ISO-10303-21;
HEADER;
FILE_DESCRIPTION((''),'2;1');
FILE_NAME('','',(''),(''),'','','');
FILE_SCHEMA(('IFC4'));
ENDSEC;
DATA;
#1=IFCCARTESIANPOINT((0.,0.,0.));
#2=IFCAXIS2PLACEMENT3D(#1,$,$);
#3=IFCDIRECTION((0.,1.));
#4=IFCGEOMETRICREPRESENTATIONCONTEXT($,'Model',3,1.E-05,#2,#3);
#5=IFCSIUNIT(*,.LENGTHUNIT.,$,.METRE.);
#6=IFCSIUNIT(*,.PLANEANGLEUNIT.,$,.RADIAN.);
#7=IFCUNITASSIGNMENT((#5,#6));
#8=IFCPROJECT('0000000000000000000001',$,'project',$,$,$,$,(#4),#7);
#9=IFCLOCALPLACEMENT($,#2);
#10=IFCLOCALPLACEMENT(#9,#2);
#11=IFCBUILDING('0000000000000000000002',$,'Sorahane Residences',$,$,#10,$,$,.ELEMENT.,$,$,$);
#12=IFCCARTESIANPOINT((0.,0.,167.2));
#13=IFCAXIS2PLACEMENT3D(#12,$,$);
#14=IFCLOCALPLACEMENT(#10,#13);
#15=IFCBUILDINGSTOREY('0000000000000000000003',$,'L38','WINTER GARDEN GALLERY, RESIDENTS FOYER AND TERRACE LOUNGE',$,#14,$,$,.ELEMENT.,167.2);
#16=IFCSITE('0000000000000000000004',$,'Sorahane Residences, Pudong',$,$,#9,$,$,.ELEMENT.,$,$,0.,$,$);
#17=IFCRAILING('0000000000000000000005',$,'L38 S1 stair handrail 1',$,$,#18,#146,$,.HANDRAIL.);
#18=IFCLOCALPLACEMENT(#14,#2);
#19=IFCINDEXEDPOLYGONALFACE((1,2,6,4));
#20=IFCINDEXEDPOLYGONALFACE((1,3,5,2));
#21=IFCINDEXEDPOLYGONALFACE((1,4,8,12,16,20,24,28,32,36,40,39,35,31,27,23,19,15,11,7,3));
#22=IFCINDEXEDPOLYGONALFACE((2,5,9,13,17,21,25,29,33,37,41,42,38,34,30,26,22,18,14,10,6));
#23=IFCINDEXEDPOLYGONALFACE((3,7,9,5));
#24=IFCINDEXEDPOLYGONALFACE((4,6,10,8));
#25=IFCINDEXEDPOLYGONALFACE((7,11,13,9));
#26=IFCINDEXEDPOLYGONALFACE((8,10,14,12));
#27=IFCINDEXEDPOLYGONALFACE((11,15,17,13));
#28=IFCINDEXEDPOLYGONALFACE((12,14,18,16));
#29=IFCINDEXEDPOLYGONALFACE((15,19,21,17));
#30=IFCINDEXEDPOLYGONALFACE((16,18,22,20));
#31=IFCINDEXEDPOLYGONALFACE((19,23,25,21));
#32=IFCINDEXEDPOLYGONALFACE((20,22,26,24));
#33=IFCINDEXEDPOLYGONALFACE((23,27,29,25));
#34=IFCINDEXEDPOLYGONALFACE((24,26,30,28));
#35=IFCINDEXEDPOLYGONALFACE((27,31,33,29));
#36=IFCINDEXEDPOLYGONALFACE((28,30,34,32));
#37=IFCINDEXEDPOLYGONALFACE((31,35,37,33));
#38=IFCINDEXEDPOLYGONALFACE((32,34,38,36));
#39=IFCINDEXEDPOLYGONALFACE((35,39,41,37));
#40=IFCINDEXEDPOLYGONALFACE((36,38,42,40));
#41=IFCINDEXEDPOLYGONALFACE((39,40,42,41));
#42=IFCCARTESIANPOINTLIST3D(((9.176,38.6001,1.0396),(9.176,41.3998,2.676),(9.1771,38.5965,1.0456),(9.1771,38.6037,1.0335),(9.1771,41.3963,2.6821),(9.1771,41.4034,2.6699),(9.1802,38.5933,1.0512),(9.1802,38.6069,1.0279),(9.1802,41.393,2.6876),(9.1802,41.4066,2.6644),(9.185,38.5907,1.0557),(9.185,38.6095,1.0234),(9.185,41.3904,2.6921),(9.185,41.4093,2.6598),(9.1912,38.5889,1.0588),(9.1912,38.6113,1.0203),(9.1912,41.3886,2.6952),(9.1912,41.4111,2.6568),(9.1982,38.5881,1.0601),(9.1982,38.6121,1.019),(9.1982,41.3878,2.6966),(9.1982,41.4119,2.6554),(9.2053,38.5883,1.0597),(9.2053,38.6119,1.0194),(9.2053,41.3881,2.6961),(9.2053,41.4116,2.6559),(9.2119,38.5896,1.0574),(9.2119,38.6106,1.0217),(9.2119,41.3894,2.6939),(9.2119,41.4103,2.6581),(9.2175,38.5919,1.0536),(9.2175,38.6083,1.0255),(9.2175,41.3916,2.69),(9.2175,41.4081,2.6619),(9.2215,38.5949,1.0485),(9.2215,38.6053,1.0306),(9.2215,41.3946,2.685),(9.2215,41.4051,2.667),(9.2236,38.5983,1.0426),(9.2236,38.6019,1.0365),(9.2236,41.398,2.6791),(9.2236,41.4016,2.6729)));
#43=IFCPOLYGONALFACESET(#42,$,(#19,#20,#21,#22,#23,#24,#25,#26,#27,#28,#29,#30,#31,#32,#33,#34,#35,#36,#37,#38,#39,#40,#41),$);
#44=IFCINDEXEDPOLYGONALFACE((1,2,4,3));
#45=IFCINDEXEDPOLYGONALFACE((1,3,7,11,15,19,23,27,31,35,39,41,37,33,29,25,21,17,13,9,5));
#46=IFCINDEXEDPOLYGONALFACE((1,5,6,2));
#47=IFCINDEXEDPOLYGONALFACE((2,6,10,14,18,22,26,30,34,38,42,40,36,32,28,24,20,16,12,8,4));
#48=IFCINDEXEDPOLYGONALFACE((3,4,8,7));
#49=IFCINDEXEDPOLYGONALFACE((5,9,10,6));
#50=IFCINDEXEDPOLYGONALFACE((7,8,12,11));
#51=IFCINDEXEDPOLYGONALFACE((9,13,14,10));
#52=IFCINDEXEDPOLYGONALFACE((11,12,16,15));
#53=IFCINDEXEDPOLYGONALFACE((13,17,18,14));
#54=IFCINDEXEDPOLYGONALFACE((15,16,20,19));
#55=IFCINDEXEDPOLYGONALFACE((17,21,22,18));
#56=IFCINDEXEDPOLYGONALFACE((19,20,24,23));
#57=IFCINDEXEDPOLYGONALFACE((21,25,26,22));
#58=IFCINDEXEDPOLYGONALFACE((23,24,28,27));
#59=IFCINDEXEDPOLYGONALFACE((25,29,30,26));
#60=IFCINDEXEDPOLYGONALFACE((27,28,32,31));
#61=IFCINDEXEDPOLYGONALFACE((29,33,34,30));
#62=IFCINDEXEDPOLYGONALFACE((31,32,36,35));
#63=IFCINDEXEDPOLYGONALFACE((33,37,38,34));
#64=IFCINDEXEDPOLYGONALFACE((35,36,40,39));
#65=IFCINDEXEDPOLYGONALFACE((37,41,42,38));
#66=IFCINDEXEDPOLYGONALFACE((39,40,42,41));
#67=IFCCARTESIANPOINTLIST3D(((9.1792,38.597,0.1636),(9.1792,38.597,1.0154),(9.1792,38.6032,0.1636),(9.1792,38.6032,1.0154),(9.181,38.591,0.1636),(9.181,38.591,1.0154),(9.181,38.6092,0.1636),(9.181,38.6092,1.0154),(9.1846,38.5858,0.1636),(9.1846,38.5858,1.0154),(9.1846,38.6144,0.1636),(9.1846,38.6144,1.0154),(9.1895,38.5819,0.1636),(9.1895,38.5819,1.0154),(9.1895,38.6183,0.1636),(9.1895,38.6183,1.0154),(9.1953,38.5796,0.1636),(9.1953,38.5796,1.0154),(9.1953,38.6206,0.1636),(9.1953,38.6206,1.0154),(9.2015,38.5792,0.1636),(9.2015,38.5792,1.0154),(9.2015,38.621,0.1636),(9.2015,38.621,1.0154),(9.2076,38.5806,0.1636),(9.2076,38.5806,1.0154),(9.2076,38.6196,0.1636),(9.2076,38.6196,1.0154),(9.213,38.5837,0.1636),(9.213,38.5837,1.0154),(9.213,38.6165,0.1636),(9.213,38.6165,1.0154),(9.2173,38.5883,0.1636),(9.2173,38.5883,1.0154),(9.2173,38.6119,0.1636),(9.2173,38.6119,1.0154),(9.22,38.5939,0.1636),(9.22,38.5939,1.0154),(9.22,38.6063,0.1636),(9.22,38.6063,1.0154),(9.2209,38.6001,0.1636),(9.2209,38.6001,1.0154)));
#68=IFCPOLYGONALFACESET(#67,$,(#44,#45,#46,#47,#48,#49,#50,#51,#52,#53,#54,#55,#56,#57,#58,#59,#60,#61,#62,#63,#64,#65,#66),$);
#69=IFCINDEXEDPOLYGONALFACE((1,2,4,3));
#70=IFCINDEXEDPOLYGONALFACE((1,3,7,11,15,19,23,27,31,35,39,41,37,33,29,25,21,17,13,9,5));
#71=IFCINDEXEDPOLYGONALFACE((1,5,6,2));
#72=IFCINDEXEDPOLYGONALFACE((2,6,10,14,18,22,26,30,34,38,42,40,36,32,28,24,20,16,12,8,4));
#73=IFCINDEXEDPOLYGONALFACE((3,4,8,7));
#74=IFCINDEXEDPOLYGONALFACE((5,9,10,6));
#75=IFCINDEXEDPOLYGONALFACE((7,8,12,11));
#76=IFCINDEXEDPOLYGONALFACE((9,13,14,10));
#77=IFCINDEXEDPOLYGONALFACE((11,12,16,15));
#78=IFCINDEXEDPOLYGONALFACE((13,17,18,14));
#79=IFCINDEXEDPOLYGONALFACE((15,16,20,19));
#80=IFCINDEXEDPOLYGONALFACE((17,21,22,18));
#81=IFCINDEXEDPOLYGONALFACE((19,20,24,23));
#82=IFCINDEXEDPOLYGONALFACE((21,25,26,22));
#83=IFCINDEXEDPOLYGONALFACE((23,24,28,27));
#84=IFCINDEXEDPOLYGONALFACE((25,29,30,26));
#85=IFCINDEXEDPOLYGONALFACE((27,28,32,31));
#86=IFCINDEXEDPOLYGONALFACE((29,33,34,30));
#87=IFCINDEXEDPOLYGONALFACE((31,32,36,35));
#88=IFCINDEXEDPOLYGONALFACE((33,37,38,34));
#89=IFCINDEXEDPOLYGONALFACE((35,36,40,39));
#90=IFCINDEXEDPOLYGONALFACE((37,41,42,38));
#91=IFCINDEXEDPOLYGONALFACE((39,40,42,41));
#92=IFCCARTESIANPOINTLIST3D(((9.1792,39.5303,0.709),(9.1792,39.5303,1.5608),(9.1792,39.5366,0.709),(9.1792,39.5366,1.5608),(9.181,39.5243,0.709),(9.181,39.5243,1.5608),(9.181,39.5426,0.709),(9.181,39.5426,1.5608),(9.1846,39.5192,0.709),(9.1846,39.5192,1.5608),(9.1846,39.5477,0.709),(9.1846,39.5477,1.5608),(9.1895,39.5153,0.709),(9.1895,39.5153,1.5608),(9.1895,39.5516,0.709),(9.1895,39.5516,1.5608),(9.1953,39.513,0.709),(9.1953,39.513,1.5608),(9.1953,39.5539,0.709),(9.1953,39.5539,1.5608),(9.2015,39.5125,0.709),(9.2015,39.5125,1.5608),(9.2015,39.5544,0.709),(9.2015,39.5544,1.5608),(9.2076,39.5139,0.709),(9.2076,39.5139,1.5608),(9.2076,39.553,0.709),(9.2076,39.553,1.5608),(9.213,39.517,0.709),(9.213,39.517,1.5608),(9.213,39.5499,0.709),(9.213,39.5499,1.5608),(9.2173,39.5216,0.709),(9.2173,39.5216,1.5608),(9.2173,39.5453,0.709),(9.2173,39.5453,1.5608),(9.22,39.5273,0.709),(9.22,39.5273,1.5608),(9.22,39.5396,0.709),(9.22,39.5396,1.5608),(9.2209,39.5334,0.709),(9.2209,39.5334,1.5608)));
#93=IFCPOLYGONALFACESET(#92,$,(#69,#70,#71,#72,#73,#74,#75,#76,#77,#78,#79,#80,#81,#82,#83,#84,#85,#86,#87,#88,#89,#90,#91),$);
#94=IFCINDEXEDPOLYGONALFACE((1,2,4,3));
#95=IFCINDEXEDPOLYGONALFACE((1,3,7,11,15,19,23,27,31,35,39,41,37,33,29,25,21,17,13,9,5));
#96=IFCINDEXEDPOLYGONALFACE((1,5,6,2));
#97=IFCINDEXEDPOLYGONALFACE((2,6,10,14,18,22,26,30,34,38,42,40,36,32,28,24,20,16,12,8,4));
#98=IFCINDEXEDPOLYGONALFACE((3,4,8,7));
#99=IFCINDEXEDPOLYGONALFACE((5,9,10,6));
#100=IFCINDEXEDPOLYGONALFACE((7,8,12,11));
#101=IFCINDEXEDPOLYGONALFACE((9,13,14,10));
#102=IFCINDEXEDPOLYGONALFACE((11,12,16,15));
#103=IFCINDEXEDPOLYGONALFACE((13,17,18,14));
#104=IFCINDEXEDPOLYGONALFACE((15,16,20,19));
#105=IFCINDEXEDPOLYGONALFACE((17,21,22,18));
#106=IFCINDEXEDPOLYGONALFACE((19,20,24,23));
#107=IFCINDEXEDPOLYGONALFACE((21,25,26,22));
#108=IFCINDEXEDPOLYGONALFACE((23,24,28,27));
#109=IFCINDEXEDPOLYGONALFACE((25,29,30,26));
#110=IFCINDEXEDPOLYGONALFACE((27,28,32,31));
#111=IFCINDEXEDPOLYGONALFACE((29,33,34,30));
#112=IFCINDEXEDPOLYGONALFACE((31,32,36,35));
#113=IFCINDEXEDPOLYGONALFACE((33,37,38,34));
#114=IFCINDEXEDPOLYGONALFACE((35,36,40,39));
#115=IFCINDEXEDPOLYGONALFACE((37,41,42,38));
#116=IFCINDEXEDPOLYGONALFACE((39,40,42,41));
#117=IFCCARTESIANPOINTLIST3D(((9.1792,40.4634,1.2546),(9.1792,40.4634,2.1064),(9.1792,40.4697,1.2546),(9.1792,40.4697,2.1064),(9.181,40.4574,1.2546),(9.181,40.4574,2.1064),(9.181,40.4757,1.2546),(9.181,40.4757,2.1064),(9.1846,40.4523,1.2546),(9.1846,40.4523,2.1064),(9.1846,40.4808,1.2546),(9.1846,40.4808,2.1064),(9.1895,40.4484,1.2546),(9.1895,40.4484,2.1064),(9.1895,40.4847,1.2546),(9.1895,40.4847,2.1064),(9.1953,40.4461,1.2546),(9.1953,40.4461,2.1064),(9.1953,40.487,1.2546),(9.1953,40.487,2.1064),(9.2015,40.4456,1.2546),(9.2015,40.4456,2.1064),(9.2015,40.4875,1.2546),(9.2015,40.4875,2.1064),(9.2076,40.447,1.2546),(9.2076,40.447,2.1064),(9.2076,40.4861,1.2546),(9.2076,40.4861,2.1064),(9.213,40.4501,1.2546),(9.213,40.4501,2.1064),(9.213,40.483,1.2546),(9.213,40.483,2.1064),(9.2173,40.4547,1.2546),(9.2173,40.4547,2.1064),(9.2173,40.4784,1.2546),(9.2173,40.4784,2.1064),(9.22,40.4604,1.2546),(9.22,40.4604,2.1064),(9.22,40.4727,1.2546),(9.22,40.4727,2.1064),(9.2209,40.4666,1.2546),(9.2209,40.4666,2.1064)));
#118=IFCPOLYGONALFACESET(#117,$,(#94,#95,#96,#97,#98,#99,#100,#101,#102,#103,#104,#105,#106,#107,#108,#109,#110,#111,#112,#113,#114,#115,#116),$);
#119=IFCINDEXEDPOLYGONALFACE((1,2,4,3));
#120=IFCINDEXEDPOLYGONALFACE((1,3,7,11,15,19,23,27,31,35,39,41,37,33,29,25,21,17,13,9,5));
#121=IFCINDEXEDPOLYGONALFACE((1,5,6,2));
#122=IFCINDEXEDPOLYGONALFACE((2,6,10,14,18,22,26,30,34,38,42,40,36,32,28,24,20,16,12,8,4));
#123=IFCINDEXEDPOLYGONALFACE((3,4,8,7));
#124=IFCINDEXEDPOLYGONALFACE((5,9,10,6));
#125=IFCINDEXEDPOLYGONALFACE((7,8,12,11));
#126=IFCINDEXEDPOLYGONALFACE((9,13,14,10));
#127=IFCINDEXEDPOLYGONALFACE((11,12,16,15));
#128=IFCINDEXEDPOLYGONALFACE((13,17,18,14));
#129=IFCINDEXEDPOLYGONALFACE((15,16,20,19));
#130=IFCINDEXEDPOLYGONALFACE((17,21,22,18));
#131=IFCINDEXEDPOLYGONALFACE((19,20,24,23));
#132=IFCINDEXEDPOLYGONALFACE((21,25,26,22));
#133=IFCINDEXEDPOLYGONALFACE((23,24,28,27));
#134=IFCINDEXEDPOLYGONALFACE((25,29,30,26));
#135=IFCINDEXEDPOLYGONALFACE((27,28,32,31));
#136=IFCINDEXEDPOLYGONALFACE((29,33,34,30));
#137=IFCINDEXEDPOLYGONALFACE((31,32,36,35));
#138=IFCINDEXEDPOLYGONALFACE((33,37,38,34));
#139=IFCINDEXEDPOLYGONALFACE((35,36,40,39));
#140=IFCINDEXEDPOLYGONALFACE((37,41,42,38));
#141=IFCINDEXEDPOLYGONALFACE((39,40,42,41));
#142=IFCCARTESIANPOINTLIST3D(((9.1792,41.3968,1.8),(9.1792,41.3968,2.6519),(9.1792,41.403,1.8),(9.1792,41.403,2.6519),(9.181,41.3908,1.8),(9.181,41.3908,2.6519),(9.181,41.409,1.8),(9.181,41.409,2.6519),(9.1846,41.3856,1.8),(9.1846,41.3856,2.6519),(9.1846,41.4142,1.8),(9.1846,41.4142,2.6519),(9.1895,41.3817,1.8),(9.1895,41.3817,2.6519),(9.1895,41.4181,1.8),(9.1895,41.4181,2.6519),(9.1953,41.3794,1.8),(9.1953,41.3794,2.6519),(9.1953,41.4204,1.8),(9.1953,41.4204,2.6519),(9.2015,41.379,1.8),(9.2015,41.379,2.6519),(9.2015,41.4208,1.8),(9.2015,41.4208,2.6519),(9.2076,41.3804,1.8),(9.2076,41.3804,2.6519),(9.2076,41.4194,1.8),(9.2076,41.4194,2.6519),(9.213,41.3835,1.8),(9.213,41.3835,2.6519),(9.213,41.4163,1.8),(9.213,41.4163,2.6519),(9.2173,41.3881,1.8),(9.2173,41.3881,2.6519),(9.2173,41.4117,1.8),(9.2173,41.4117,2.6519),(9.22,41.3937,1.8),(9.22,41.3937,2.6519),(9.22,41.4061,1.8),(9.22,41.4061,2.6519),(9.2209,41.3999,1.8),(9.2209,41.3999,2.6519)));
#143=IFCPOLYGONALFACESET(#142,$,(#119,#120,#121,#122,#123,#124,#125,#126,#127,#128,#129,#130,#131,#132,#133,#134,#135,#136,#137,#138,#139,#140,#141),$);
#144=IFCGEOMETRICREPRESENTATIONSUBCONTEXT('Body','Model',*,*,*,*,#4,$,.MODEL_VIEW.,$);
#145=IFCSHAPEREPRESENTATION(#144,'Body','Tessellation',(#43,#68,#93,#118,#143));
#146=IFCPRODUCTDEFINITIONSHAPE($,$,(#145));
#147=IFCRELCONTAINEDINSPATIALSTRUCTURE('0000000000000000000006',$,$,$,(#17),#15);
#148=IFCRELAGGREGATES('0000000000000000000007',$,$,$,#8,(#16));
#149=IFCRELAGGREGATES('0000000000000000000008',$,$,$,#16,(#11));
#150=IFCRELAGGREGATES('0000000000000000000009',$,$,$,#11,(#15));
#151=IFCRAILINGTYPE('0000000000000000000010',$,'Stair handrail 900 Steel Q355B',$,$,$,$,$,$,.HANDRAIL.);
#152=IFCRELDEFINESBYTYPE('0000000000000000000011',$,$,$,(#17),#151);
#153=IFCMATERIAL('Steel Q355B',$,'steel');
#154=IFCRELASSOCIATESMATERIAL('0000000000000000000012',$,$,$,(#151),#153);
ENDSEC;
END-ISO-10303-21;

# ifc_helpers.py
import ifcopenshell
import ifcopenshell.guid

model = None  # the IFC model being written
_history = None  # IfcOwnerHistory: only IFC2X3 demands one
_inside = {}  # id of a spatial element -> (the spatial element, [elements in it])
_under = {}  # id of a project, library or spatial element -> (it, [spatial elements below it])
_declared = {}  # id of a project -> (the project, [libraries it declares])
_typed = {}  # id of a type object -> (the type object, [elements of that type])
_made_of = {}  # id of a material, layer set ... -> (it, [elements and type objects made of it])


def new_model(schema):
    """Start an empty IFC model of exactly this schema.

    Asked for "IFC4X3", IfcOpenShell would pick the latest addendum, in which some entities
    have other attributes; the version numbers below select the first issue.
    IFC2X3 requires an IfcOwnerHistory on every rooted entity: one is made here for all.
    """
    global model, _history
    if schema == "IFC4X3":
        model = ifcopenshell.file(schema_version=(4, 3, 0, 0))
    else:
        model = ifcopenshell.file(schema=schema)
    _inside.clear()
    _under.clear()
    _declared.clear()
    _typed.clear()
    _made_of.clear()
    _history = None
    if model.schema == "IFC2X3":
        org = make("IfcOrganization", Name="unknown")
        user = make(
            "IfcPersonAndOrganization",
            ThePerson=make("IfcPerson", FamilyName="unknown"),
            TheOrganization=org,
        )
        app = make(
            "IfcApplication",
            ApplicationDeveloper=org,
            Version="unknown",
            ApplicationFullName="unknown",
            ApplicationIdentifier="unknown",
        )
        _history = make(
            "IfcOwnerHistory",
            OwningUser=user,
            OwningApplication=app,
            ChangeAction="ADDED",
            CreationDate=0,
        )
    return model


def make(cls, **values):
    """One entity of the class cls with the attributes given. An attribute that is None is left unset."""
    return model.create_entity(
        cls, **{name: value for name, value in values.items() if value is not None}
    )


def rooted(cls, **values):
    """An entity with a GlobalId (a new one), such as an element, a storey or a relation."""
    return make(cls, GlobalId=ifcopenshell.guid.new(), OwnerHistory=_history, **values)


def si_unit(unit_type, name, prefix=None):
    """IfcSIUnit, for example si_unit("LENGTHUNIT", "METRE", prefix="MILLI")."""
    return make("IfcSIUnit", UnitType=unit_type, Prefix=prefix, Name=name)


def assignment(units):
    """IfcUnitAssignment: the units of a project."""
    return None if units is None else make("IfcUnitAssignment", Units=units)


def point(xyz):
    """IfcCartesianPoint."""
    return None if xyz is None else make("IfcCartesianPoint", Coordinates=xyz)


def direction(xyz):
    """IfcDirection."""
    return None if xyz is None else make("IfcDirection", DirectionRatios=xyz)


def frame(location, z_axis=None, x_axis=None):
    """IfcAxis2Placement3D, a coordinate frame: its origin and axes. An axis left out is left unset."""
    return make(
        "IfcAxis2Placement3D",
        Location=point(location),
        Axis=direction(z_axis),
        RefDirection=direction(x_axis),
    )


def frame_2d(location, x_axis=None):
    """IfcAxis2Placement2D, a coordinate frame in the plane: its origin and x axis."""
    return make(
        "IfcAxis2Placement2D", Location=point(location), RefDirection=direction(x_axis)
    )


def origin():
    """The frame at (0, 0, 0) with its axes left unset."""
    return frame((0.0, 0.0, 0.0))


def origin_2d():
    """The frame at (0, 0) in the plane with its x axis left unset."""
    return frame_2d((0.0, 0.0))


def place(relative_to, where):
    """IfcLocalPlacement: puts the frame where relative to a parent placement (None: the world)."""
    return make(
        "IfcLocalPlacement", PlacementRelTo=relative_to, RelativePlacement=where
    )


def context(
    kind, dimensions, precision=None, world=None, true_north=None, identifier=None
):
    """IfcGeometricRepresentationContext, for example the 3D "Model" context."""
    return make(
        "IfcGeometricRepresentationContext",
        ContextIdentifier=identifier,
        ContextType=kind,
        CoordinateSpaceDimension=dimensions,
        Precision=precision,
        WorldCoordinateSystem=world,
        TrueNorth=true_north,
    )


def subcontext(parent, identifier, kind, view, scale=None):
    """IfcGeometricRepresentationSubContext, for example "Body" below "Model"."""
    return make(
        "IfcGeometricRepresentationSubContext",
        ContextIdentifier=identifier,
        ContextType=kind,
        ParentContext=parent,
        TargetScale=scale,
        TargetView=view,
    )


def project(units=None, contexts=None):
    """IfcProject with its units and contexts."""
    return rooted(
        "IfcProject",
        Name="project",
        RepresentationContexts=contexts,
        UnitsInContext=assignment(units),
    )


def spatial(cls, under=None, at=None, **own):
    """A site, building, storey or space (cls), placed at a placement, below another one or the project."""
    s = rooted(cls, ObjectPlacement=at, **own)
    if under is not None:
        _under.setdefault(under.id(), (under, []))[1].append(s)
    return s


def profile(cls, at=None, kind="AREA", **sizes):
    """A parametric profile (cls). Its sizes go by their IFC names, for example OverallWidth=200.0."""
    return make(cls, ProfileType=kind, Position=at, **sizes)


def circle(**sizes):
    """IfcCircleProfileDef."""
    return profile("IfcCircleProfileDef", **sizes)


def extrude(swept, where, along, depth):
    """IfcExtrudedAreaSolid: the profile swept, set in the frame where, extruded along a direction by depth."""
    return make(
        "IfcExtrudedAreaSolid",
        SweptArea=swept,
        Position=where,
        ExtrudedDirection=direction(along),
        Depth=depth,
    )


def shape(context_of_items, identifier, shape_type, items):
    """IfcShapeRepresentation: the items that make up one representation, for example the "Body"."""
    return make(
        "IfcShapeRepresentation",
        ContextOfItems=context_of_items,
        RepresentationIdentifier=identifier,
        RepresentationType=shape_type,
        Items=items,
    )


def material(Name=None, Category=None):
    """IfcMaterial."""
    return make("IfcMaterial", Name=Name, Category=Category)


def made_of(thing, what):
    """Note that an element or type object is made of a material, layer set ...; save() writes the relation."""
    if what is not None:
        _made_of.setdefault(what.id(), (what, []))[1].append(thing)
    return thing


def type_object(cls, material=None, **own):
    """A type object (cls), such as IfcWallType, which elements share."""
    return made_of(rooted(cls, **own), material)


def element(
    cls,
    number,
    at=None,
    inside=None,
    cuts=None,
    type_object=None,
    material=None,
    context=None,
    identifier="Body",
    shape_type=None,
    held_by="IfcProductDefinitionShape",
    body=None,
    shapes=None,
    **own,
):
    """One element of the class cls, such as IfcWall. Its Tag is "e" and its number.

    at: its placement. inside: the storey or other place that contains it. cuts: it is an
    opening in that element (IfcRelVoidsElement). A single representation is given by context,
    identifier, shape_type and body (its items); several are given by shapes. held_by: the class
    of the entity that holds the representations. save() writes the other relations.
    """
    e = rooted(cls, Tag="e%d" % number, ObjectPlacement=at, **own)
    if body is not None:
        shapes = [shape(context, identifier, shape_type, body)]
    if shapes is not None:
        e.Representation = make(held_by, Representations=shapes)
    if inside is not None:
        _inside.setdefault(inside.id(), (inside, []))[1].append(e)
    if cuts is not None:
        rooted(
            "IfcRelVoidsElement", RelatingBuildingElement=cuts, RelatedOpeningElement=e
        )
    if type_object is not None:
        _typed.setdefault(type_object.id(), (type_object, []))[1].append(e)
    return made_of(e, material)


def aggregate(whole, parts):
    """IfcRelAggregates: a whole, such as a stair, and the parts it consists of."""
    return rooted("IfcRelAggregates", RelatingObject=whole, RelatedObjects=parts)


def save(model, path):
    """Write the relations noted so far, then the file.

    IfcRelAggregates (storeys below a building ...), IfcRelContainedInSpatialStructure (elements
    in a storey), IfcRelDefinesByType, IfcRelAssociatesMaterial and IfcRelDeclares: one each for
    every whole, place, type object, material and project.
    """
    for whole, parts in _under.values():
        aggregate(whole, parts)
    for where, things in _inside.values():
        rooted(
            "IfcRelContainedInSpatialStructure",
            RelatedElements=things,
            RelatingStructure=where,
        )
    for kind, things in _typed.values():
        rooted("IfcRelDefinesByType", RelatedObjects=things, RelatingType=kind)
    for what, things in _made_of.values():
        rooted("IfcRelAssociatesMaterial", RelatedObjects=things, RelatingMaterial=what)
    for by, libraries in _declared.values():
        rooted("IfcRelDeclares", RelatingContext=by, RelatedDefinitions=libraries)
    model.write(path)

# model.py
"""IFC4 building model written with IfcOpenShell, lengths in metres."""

from ifc_helpers import new_model, si_unit, direction, frame, origin, origin_2d, place, context, subcontext, project, spatial, circle, extrude, material, type_object, element, save


model = new_model("IFC4")

# Units and contexts
model_context = context("Model", 3, precision=1e-05, world=origin(), true_north=direction((0.0, 1.0)))
body_context = subcontext(model_context, "Body", "Model", "MODEL_VIEW")
ifc_project = project(units=[si_unit("LENGTHUNIT", "METRE"), si_unit("PLANEANGLEUNIT", "RADIAN")], contexts=[model_context])

# Site, building, storey
site_placement = place(None, origin())
site = spatial("IfcSite", under=ifc_project, at=site_placement, Name="Sorahane Residences, Pudong", CompositionType="ELEMENT", RefElevation=0.0)
building_placement = place(site_placement, origin())
building = spatial("IfcBuilding", under=site, at=building_placement, Name="Sorahane Residences", CompositionType="ELEMENT")
storey_placement = place(building_placement, frame((0.0, 0.0, 167.2)))
storey = spatial("IfcBuildingStorey", under=building, at=storey_placement, Name="L38", Description="WINTER GARDEN GALLERY, RESIDENTS FOYER AND TERRACE LOUNGE", CompositionType="ELEMENT", Elevation=167.2)

# Railing
ifc_material_1 = material(Name="Steel Q355B", Category="steel")
railing_type_1 = type_object("IfcRailingType", Name="Stair handrail 900 Steel Q355B", PredefinedType="HANDRAIL", material=ifc_material_1)
railing_1_placement = place(storey_placement, frame((9.2, 38.6001, 0.1636)))
element("IfcRailing", 1, at=railing_1_placement, inside=storey, type_object=railing_type_1, Name="L38 S1 stair handrail 1", PredefinedType="HANDRAIL", context=body_context, shape_type="SweptSolid", body=[
    extrude(circle(Radius=0.0239, at=origin_2d()), frame((0.0, 0.0, 0.876), z_axis=(0.0, 0.863342, 0.50462), x_axis=(-1.0, 0.0, 0.0)), (0.0, 0.0, 1.0), 3.2429),
    extrude(circle(Radius=0.021, at=origin_2d()), origin(), (0.0, 0.0, 1.0), 0.8518),
    extrude(circle(Radius=0.021, at=origin_2d()), frame((0.0, 0.9333, 0.5454)), (0.0, 0.0, 1.0), 0.8518),
    extrude(circle(Radius=0.021, at=origin_2d()), frame((0.0, 1.8665, 1.0911)), (0.0, 0.0, 1.0), 0.8518),
    extrude(circle(Radius=0.021, at=origin_2d()), frame((0.0, 2.7998, 1.6365)), (0.0, 0.0, 1.0), 0.8518),
])

save(model, "model.ifc")
